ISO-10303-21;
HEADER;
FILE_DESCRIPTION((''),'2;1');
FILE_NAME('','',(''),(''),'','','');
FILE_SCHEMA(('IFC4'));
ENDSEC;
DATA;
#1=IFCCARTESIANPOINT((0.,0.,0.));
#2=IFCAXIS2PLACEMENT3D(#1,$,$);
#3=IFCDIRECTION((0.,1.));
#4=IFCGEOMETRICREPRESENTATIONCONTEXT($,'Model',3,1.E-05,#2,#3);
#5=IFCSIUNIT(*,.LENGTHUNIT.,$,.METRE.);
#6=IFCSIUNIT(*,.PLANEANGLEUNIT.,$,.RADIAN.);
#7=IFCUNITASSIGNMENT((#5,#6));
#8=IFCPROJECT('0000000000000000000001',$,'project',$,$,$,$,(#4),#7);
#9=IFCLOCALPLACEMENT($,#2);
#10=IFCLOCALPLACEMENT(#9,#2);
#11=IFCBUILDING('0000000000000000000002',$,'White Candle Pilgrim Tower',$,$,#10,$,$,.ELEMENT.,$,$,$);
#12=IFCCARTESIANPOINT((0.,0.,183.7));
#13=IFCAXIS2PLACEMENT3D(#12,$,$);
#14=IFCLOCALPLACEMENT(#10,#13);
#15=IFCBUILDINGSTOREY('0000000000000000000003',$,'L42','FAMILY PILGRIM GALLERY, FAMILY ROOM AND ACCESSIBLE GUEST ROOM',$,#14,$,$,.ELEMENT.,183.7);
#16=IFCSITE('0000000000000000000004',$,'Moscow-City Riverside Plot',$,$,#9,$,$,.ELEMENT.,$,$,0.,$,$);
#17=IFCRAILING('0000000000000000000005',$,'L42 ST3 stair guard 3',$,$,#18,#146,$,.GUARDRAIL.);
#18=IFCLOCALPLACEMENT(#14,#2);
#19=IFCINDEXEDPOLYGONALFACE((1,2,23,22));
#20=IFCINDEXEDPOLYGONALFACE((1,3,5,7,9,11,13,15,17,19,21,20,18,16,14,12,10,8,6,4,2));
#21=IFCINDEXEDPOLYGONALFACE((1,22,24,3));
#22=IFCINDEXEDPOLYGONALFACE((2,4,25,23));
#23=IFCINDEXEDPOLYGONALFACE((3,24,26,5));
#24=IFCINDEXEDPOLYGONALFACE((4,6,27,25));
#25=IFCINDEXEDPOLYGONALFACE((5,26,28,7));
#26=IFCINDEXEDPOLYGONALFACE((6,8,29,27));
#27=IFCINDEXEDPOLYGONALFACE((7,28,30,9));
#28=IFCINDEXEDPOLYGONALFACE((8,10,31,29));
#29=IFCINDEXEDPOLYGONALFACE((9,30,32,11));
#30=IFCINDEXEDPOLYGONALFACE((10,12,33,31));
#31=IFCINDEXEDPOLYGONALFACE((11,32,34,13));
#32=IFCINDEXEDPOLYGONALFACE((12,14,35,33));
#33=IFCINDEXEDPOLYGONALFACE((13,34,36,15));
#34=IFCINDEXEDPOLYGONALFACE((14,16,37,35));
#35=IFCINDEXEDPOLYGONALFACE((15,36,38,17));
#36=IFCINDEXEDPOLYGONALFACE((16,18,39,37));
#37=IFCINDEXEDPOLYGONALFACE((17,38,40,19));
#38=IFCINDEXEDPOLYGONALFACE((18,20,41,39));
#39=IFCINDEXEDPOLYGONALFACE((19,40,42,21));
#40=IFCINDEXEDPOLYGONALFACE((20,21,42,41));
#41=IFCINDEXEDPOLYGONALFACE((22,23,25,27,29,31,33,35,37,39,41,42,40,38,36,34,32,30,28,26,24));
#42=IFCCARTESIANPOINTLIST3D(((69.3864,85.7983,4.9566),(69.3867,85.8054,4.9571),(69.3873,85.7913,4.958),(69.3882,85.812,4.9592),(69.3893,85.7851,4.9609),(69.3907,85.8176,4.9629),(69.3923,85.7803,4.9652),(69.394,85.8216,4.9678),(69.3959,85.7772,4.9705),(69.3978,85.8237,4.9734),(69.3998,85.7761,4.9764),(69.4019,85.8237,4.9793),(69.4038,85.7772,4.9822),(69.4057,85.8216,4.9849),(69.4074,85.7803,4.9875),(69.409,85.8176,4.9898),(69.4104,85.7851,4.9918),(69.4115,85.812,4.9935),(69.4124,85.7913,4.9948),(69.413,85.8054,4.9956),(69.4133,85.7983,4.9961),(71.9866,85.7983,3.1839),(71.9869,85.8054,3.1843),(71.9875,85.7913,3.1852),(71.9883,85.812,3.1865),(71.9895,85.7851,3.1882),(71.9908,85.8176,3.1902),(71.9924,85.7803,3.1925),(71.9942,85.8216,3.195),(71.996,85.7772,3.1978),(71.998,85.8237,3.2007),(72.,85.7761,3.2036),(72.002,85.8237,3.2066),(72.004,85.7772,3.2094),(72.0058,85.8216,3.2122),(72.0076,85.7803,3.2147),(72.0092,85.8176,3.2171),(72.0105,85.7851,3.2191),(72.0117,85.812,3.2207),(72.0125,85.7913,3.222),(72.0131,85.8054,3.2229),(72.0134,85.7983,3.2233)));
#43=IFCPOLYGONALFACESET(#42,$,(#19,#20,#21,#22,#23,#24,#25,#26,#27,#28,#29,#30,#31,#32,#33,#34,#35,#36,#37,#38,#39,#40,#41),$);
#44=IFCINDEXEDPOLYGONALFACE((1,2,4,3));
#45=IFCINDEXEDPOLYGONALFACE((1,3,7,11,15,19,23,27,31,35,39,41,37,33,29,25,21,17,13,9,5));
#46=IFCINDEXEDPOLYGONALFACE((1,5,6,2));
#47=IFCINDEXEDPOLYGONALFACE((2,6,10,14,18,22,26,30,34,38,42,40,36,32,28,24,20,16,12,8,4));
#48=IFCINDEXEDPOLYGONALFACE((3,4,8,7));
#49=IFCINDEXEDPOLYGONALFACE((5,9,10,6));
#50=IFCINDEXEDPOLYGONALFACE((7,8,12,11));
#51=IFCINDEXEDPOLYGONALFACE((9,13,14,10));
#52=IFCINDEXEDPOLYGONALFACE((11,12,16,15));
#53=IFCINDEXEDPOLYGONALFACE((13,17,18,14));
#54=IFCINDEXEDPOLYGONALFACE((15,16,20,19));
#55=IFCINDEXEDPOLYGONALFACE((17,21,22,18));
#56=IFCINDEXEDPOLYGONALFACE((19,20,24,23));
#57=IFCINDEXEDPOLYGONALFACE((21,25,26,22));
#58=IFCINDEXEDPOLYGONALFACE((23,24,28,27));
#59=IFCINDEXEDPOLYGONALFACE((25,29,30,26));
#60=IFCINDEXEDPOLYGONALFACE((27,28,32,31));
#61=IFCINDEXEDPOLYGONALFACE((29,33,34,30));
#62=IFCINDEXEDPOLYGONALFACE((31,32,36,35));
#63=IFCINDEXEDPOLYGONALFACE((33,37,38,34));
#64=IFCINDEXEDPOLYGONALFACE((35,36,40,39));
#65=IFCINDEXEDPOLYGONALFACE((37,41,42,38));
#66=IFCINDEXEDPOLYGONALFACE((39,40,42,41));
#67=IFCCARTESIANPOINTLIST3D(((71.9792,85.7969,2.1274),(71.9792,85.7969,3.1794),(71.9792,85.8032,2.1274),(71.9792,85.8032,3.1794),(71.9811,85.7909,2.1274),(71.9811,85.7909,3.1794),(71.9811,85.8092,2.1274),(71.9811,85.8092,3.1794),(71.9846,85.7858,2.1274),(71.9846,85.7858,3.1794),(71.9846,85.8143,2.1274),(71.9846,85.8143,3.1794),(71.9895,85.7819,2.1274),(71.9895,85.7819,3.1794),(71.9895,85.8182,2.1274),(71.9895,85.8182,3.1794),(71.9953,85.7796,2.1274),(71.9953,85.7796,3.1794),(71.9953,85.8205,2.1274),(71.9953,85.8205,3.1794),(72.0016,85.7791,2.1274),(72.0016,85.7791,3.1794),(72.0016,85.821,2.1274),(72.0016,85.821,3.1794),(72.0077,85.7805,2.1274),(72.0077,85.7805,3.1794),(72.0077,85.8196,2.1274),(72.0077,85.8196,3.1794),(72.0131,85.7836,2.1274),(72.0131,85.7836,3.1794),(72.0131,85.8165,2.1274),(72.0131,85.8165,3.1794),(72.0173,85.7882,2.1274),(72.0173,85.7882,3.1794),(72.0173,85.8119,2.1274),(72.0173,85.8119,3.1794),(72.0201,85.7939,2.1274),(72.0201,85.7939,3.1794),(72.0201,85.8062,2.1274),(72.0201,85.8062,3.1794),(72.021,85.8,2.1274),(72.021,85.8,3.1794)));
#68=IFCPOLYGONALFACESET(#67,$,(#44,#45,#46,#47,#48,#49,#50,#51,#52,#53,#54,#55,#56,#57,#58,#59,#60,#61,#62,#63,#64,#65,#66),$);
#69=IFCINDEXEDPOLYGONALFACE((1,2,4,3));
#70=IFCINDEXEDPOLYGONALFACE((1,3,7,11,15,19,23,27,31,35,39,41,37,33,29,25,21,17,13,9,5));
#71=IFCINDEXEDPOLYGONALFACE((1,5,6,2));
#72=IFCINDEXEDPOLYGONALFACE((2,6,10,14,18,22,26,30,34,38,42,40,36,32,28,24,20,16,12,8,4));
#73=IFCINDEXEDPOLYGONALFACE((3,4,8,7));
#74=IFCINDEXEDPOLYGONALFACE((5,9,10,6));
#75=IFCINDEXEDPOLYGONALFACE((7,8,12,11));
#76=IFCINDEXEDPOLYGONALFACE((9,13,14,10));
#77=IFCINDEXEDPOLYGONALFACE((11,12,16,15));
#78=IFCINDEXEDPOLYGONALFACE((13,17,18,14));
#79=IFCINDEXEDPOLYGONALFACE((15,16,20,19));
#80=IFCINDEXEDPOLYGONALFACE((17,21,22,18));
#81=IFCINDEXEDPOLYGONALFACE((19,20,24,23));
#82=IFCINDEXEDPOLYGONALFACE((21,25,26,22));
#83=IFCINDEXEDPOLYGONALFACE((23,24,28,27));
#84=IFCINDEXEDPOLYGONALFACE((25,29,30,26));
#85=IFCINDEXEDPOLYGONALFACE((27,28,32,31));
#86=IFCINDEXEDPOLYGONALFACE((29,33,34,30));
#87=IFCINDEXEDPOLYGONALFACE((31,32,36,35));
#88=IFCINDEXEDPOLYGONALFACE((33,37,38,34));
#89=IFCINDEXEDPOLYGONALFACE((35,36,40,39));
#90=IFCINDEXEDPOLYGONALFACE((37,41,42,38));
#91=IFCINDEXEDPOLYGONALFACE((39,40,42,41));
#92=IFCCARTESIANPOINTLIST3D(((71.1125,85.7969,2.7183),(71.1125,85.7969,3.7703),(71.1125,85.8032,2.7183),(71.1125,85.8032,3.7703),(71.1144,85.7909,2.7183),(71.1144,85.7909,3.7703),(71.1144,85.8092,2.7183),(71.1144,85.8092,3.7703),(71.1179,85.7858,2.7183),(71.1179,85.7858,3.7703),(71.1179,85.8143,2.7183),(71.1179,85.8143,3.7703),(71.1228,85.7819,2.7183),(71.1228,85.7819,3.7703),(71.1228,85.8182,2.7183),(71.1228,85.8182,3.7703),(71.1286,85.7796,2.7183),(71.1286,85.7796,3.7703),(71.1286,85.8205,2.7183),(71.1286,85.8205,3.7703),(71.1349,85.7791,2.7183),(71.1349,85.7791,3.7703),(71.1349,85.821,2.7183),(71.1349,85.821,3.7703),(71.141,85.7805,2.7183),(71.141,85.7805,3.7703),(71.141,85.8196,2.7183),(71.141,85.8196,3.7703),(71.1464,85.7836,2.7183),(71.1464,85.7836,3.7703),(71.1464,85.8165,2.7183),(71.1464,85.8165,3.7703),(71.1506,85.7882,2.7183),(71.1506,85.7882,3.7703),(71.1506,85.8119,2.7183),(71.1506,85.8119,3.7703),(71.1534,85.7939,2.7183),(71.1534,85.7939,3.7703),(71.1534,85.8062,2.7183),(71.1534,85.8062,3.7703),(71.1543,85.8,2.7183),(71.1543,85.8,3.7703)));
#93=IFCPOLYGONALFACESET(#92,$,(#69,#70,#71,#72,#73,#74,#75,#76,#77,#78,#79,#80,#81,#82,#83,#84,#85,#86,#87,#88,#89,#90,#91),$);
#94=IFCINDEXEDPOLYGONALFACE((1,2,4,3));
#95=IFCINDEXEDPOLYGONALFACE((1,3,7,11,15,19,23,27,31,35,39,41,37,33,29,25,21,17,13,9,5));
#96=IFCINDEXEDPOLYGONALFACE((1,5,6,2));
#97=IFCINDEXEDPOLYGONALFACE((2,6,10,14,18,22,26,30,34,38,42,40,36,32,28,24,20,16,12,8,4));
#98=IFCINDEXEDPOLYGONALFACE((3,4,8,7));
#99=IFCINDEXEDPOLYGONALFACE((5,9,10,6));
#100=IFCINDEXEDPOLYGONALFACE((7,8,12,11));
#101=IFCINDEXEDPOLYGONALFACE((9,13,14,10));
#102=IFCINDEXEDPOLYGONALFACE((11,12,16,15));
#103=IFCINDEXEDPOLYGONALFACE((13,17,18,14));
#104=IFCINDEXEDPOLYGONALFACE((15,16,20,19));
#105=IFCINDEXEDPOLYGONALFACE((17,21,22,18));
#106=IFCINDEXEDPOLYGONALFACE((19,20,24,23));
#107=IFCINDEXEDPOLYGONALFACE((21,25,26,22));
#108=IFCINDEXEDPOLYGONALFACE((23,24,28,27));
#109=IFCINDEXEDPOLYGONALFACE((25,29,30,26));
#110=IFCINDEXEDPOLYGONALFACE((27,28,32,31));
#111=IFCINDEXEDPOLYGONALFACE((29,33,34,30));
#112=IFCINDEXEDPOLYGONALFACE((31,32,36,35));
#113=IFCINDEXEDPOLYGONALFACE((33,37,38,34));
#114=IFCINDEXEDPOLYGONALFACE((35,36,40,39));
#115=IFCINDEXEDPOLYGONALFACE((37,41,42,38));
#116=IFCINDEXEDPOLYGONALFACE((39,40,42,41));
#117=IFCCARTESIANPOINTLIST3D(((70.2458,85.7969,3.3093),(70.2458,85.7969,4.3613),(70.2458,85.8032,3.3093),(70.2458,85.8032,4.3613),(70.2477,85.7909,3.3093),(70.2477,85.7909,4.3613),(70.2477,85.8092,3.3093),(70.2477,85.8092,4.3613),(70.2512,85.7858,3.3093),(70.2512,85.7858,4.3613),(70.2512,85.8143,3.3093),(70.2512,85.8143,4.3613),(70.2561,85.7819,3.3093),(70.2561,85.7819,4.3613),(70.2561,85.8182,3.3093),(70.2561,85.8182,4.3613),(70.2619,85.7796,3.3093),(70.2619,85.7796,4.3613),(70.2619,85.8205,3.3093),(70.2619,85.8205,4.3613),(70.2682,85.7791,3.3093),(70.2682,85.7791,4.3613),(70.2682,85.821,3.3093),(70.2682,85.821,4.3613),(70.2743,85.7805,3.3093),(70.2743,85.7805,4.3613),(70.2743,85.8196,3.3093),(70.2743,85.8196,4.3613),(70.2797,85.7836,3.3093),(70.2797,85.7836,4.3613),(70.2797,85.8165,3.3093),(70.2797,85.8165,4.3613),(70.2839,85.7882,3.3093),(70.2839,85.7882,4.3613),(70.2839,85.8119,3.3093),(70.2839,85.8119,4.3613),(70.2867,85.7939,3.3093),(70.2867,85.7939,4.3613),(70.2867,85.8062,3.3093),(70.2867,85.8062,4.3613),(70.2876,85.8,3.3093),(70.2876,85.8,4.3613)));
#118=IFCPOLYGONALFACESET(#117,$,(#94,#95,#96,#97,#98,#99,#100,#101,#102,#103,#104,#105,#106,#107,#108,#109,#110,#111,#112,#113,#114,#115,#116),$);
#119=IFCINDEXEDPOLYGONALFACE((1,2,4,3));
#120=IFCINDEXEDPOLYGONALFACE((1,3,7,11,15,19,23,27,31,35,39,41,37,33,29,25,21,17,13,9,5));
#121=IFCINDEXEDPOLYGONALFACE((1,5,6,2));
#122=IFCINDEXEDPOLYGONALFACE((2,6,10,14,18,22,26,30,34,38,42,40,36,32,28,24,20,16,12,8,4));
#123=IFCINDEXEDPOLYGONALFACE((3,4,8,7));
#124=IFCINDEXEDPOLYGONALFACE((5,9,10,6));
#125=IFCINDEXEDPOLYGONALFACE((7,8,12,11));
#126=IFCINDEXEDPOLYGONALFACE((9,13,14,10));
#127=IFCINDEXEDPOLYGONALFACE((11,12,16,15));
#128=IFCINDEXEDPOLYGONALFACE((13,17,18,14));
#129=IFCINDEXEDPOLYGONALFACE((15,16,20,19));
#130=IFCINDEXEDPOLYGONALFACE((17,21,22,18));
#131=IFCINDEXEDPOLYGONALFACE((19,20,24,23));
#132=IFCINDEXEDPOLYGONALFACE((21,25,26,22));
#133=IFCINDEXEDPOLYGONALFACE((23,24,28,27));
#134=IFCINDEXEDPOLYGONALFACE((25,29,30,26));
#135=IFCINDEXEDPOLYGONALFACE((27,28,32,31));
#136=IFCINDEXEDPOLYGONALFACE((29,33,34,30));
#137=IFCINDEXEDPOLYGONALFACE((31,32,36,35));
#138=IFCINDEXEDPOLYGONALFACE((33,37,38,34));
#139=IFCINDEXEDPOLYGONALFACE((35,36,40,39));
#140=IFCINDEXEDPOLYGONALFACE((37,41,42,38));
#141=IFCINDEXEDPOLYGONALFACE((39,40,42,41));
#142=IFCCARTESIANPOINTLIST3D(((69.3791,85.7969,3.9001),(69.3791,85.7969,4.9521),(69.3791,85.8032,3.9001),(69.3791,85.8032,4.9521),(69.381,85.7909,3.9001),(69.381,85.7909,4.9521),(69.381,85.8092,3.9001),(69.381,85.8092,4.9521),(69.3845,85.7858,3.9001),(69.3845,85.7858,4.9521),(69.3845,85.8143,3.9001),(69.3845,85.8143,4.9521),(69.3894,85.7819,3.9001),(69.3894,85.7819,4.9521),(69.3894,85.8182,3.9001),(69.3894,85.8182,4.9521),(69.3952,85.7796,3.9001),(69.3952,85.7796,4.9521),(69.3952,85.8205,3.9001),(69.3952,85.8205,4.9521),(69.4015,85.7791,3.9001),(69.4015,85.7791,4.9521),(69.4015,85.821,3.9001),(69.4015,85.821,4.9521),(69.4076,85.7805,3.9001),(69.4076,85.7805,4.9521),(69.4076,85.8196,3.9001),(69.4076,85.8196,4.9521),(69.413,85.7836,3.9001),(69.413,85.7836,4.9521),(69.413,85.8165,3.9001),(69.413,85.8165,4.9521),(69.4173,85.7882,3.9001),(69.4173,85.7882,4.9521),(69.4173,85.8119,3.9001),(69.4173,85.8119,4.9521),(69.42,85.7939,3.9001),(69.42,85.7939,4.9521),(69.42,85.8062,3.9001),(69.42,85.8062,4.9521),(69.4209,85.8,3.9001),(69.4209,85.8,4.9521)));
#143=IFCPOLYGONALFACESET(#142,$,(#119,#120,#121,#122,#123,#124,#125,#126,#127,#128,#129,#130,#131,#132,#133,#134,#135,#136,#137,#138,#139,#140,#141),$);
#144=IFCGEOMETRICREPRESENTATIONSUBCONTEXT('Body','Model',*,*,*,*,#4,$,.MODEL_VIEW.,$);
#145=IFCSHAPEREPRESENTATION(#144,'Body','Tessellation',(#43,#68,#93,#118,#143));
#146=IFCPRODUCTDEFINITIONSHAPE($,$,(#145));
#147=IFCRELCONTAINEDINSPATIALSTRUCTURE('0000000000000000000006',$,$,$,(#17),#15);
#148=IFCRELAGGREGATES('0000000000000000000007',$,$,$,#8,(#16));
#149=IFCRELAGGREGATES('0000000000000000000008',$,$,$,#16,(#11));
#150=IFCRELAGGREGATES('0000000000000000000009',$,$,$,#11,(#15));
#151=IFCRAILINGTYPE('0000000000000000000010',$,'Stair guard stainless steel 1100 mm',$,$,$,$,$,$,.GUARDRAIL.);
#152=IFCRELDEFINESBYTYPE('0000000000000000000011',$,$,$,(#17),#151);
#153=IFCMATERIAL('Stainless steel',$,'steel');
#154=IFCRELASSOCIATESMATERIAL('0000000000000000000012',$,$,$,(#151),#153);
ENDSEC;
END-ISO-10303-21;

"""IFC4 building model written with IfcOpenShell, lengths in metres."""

from ifc_helpers import new_model, si_unit, direction, frame, origin, origin_2d, place, context, subcontext, project, spatial, circle, extrude, material, type_object, element, save


model = new_model("IFC4")

# Units and contexts
model_context = context("Model", 3, precision=1e-05, world=origin(), true_north=direction((0.0, 1.0)))
body_context = subcontext(model_context, "Body", "Model", "MODEL_VIEW")
ifc_project = project(units=[si_unit("LENGTHUNIT", "METRE"), si_unit("PLANEANGLEUNIT", "RADIAN")], contexts=[model_context])

# Site, building, storey
site_placement = place(None, origin())
site = spatial("IfcSite", under=ifc_project, at=site_placement, Name="Moscow-City Riverside Plot", CompositionType="ELEMENT", RefElevation=0.0)
building_placement = place(site_placement, origin())
building = spatial("IfcBuilding", under=site, at=building_placement, Name="White Candle Pilgrim Tower", CompositionType="ELEMENT")
storey_placement = place(building_placement, frame((0.0, 0.0, 183.7)))
storey = spatial("IfcBuildingStorey", under=building, at=storey_placement, Name="L42", Description="FAMILY PILGRIM GALLERY, FAMILY ROOM AND ACCESSIBLE GUEST ROOM", CompositionType="ELEMENT", Elevation=183.7)

# Railing
ifc_material_1 = material(Name="Stainless steel", Category="steel")
railing_type_1 = type_object("IfcRailingType", Name="Stair guard stainless steel 1100 mm", PredefinedType="GUARDRAIL", material=ifc_material_1)
railing_1_placement = place(storey_placement, frame((72.0, 85.8, 2.1274)))
element("IfcRailing", 1, at=railing_1_placement, inside=storey, type_object=railing_type_1, Name="L42 ST3 stair guard 3", PredefinedType="GUARDRAIL", context=body_context, shape_type="SweptSolid", body=[
    extrude(circle(Radius=0.0239, at=origin_2d()), frame((0.0, 0.0, 1.0762), z_axis=(-0.82624, 0.0, 0.563318), x_axis=(0.0, -1.0, 0.0)), (0.0, 0.0, 1.0), 3.147),
    extrude(circle(Radius=0.021, at=origin_2d()), origin(), (0.0, 0.0, 1.0), 1.052),
    extrude(circle(Radius=0.021, at=origin_2d()), frame((-0.8667, 0.0, 0.5908)), (0.0, 0.0, 1.0), 1.052),
    extrude(circle(Radius=0.021, at=origin_2d()), frame((-1.7334, 0.0, 1.1819)), (0.0, 0.0, 1.0), 1.052),
    extrude(circle(Radius=0.021, at=origin_2d()), frame((-2.6001, 0.0, 1.7727)), (0.0, 0.0, 1.0), 1.052),
])

save(model, "model.ifc")
